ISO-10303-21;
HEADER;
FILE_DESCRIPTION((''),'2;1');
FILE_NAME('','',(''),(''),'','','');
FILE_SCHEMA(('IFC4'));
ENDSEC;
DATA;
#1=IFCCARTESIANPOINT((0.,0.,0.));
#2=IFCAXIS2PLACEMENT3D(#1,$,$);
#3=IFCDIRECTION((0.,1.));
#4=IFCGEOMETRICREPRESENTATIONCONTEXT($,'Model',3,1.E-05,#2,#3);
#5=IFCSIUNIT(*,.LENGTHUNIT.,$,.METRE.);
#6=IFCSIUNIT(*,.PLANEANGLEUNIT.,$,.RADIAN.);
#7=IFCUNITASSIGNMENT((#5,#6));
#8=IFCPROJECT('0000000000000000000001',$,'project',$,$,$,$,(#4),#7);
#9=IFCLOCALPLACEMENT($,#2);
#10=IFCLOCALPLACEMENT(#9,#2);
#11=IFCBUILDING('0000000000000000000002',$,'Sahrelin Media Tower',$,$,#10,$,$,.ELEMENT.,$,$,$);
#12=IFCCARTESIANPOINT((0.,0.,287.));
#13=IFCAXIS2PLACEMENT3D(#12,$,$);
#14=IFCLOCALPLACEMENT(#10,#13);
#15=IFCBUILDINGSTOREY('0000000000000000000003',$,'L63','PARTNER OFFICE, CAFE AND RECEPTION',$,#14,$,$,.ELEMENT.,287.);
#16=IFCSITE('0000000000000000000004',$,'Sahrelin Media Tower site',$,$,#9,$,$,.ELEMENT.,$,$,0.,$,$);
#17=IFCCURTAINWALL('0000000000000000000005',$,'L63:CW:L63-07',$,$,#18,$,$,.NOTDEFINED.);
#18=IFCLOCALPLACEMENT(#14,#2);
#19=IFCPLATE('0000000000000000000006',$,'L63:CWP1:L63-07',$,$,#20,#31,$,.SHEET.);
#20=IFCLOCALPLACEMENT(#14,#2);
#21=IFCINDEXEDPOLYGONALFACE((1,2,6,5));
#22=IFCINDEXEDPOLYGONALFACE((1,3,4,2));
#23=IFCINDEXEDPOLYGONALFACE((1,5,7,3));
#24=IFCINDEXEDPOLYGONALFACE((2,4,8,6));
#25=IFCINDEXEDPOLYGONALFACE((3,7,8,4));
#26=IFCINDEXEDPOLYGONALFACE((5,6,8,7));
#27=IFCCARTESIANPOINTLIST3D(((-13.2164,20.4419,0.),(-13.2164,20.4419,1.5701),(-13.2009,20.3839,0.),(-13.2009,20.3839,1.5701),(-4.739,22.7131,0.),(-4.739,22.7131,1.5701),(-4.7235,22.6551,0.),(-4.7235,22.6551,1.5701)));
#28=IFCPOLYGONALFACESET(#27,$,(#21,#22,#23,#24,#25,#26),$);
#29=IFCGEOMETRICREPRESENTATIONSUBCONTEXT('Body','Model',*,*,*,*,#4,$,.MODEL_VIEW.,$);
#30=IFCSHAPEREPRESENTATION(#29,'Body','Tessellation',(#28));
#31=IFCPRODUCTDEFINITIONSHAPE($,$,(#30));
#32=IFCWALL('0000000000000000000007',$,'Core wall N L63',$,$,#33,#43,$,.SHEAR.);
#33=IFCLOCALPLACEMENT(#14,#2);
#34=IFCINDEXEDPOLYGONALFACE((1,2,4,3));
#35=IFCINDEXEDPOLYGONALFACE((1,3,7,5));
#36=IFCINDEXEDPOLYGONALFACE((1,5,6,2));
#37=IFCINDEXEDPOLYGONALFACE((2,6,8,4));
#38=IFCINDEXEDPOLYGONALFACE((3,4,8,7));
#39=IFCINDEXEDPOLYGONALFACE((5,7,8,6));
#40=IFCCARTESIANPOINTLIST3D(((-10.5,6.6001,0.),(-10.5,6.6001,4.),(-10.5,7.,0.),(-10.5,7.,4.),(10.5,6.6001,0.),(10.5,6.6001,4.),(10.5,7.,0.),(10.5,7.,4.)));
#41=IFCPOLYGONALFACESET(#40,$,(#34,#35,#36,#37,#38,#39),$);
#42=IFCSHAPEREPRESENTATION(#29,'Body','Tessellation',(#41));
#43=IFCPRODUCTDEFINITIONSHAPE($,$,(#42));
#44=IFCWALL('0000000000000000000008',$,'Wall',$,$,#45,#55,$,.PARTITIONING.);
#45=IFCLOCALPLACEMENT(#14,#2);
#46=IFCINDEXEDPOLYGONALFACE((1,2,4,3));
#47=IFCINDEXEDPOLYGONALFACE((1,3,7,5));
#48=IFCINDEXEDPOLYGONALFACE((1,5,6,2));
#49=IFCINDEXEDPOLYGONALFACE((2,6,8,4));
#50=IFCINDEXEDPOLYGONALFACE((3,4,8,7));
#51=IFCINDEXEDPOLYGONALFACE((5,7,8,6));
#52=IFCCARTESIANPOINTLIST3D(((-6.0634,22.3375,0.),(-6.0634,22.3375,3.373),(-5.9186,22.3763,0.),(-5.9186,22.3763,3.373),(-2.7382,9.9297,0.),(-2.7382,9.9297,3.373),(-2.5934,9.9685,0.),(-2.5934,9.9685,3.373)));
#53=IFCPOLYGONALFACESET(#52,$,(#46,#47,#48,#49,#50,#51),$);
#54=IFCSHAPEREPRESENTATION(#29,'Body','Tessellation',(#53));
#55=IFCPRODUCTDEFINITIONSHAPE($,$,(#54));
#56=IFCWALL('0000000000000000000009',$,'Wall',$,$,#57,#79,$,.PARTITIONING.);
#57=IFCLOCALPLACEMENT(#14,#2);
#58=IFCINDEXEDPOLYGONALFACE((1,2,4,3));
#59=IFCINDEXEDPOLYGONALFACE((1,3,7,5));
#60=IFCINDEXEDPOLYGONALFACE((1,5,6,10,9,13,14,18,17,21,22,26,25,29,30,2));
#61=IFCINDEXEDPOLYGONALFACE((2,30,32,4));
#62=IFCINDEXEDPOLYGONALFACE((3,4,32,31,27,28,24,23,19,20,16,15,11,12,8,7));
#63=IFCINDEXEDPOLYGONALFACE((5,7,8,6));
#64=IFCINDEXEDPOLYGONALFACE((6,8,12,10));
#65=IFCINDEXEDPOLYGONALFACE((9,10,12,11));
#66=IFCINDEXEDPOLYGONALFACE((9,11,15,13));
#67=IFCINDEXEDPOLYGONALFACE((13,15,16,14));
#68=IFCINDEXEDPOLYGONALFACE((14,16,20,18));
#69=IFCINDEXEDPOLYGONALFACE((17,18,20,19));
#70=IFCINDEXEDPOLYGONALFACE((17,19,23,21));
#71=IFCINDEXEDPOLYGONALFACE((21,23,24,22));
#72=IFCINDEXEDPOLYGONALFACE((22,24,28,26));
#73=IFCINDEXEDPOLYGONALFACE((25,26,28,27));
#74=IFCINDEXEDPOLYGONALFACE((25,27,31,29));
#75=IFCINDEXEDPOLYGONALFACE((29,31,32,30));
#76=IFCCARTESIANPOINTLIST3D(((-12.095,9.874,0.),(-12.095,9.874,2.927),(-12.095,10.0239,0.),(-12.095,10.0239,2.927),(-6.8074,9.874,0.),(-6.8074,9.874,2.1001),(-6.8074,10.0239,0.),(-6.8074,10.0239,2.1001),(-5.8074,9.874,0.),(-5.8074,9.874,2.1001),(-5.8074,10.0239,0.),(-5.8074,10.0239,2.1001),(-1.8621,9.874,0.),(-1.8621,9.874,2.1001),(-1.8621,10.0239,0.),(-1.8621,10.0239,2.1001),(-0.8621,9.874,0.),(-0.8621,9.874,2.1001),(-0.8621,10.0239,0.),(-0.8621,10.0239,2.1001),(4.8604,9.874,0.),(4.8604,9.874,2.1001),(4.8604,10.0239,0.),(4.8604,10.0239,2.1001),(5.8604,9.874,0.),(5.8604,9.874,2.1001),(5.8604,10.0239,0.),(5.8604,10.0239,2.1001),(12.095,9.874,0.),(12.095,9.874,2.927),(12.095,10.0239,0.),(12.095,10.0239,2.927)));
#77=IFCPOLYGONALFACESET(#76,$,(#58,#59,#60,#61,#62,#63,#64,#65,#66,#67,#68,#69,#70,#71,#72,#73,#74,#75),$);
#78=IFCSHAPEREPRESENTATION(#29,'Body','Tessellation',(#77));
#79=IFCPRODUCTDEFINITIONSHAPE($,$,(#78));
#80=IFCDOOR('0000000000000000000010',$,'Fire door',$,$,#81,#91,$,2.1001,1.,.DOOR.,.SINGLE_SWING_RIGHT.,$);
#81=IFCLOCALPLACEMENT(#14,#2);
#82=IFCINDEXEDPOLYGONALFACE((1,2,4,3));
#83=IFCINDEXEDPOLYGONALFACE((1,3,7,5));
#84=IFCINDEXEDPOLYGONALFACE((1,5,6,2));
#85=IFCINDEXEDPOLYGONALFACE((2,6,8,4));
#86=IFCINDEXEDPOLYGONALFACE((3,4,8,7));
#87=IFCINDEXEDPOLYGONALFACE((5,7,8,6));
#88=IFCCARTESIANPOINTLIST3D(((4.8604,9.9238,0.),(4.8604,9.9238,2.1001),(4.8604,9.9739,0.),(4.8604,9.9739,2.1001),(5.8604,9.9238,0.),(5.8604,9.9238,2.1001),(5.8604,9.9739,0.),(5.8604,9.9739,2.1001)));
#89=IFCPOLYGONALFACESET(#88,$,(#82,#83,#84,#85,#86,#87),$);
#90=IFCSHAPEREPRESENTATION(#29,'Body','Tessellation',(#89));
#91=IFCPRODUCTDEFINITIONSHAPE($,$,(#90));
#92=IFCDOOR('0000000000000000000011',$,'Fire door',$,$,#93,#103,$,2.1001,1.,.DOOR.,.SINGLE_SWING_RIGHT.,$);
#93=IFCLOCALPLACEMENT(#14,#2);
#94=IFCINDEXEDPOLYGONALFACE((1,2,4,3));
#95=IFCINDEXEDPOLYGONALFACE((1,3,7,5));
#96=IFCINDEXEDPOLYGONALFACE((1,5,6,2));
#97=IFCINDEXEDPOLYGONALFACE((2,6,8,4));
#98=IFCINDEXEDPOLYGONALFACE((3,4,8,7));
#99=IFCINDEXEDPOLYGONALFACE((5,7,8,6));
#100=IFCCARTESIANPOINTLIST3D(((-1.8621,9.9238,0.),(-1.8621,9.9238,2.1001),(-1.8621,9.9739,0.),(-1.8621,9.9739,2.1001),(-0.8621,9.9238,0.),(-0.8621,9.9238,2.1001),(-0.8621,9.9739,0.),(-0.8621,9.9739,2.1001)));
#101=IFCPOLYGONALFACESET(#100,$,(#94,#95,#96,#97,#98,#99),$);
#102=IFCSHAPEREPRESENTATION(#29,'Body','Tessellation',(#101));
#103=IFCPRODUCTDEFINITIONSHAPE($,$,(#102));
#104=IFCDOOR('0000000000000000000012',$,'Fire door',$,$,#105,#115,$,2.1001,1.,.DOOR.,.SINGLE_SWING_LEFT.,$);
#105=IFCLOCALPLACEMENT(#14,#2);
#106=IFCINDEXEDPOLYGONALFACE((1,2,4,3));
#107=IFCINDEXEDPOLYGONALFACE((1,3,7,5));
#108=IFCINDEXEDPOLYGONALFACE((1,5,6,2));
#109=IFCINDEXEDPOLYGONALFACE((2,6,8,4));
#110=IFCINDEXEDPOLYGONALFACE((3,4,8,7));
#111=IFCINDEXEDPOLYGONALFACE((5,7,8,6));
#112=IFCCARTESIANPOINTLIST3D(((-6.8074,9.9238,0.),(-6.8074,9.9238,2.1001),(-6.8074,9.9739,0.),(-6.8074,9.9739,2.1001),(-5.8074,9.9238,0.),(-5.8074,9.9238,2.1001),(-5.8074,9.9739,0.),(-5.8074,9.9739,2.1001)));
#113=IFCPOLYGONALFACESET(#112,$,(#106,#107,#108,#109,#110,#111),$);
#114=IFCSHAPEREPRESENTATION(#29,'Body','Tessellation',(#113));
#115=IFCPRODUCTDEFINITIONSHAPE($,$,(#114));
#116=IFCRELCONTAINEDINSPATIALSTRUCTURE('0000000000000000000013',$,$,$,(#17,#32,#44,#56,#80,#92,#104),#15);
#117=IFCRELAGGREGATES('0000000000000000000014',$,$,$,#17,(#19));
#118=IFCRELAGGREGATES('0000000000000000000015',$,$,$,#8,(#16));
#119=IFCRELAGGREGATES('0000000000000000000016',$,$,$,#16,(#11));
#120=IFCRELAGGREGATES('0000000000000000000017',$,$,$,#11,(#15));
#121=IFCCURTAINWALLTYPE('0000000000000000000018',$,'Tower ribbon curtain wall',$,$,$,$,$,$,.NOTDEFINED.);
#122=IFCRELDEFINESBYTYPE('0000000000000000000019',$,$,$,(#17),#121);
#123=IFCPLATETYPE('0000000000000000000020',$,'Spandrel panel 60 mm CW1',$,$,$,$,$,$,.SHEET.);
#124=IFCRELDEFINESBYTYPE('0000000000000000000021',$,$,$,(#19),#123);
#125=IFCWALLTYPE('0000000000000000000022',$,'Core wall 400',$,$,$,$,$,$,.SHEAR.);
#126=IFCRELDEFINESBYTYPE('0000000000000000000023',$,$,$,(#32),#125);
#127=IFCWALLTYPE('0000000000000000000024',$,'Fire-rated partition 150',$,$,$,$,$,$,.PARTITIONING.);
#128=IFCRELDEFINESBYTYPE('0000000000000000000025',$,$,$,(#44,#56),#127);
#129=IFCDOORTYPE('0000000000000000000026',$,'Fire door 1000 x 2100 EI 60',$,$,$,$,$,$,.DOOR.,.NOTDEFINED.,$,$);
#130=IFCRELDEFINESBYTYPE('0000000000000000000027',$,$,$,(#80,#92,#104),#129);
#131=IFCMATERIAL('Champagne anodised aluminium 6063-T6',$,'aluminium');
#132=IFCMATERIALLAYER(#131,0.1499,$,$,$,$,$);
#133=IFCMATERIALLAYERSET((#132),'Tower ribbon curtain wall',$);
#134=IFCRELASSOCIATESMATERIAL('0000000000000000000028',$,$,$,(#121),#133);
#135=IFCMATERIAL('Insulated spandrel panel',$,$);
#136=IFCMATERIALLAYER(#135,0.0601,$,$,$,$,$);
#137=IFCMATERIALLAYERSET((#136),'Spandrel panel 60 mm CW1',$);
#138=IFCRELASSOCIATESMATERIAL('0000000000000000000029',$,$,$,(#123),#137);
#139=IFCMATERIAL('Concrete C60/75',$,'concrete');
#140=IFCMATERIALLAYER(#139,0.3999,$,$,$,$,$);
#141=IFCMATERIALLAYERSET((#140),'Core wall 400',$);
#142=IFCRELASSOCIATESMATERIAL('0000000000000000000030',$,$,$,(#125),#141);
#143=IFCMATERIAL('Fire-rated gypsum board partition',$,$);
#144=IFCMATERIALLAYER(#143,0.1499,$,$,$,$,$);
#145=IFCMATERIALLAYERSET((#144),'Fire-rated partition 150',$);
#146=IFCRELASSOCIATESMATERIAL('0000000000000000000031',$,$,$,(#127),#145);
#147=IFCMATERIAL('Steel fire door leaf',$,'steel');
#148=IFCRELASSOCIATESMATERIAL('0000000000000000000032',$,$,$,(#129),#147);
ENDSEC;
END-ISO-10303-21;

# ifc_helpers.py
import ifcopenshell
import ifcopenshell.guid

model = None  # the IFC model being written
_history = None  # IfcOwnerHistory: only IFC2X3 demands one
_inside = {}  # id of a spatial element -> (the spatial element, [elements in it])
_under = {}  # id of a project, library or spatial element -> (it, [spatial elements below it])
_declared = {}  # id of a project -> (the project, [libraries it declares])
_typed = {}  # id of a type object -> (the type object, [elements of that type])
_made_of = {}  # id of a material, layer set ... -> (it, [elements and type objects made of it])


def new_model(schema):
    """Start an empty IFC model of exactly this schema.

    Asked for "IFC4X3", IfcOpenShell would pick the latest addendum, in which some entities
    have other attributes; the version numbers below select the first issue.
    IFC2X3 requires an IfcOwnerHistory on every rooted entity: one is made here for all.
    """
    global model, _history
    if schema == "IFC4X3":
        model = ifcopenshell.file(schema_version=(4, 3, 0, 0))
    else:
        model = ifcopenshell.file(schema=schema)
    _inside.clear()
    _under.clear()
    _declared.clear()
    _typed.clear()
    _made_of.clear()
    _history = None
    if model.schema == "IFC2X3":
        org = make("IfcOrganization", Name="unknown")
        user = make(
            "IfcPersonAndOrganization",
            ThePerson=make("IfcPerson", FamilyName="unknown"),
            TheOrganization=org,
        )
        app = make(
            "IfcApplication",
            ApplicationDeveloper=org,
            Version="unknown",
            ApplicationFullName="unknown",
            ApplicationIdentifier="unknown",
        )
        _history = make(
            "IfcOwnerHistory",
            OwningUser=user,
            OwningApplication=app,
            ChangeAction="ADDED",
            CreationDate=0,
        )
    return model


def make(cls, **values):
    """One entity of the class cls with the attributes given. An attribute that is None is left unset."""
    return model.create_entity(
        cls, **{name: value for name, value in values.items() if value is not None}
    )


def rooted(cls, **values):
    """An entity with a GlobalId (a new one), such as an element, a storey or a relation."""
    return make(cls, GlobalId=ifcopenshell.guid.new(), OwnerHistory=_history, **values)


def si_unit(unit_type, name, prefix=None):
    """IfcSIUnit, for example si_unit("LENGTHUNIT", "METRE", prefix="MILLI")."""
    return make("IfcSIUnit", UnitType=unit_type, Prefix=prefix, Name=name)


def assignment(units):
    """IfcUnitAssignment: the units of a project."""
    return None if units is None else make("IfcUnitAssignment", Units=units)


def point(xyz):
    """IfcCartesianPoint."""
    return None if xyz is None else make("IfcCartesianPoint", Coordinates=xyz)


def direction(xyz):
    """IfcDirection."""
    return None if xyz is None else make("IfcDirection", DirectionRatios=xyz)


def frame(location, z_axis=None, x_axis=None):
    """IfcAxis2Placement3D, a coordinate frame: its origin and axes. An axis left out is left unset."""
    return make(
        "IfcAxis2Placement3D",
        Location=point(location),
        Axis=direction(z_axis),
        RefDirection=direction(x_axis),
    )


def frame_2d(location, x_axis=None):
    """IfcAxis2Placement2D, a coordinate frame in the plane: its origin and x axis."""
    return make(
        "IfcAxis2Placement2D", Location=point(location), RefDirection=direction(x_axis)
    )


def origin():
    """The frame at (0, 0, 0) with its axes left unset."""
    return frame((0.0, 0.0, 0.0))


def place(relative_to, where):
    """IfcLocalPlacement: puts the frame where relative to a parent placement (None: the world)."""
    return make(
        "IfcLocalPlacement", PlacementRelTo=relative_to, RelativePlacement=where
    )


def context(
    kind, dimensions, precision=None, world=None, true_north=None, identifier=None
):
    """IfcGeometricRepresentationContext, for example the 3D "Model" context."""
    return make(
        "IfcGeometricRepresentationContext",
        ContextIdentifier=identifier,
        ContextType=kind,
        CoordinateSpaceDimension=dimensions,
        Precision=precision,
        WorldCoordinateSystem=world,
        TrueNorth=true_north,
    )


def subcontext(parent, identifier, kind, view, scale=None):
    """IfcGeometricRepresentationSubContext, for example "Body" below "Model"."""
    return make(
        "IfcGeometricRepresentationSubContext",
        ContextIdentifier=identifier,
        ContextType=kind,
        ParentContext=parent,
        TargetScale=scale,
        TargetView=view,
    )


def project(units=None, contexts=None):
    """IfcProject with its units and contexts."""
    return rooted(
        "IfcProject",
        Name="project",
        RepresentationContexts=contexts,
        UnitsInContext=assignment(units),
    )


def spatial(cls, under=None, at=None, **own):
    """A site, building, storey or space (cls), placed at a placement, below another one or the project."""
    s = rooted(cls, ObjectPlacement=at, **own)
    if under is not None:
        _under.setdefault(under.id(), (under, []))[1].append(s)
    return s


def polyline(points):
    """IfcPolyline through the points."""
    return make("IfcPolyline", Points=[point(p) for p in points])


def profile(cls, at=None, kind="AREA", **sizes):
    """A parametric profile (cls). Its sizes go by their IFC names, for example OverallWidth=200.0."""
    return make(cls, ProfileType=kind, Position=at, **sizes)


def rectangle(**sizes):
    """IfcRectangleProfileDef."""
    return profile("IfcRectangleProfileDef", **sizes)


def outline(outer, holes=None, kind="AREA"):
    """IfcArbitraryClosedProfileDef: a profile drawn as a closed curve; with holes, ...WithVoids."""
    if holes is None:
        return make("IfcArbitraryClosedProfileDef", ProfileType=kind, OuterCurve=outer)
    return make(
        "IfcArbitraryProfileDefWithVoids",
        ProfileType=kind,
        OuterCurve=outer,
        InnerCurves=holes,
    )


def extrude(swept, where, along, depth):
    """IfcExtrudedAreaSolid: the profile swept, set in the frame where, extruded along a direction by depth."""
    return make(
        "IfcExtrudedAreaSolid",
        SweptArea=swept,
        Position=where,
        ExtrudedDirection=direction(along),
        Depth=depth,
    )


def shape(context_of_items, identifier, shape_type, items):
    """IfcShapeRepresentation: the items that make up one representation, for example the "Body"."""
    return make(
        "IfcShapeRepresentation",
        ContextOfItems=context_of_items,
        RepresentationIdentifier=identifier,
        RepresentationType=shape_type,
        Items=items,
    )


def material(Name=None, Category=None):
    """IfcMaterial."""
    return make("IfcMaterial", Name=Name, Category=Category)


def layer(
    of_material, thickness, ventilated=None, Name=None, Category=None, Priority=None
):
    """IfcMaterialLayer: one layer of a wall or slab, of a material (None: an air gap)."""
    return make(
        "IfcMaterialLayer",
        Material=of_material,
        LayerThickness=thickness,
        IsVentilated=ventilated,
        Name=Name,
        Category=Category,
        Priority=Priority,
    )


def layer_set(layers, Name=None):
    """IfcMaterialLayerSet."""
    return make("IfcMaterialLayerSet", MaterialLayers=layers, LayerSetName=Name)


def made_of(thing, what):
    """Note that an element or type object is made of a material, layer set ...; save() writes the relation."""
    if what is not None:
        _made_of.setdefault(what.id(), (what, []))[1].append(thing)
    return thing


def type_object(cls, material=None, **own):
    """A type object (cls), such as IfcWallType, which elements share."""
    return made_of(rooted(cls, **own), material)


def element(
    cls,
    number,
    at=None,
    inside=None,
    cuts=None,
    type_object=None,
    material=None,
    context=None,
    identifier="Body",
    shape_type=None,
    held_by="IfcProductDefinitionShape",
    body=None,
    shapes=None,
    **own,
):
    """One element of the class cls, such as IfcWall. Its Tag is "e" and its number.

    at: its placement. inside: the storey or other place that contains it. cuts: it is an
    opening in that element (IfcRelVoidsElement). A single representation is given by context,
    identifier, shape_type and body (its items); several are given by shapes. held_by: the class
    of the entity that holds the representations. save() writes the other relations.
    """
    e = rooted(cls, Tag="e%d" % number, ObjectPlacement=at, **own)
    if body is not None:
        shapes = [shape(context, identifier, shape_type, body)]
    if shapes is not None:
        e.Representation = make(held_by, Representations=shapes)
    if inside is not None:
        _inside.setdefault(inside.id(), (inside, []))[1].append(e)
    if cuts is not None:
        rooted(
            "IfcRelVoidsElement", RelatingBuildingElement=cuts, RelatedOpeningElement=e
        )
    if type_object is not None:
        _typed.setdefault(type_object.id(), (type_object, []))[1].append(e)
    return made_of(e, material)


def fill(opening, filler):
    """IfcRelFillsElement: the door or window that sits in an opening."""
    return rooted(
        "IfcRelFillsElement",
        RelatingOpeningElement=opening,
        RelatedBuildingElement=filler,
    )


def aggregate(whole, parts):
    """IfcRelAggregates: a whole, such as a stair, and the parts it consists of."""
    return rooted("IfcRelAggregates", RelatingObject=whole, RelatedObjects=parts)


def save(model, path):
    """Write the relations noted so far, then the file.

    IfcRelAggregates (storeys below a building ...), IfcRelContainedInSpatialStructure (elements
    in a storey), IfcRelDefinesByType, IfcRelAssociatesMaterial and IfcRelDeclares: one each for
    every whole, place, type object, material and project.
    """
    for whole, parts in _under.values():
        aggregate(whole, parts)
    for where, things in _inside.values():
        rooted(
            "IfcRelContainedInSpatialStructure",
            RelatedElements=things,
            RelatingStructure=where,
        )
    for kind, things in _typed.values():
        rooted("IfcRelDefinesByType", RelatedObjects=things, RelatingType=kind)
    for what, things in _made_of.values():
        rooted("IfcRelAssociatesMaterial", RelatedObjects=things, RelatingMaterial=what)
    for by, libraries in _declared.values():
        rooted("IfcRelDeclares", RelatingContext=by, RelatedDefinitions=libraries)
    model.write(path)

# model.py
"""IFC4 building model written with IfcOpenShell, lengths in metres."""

from ifc_helpers import new_model, si_unit, direction, frame, frame_2d, origin, place, context, subcontext, project, spatial, polyline, rectangle, outline, extrude, material, layer, layer_set, type_object, element, fill, aggregate, save


model = new_model("IFC4")

# Units and contexts
model_context = context("Model", 3, precision=1e-05, world=origin(), true_north=direction((0.0, 1.0)))
body_context = subcontext(model_context, "Body", "Model", "MODEL_VIEW")
ifc_project = project(units=[si_unit("LENGTHUNIT", "METRE"), si_unit("PLANEANGLEUNIT", "RADIAN")], contexts=[model_context])

# Site, building, storey
site_placement = place(None, origin())
site = spatial("IfcSite", under=ifc_project, at=site_placement, Name="Sahrelin Media Tower site", CompositionType="ELEMENT", RefElevation=0.0)
building_placement = place(site_placement, origin())
building = spatial("IfcBuilding", under=site, at=building_placement, Name="Sahrelin Media Tower", CompositionType="ELEMENT")
storey_placement = place(building_placement, frame((0.0, 0.0, 287.0)))
storey = spatial("IfcBuildingStorey", under=building, at=storey_placement, Name="L63", Description="PARTNER OFFICE, CAFE AND RECEPTION", CompositionType="ELEMENT", Elevation=287.0)

# Curtain wall
ifc_material_1 = material(Name="Champagne anodised aluminium 6063-T6", Category="aluminium")
ifc_layer_1 = layer(ifc_material_1, 0.1499)
ifc_layer_set_1 = layer_set([ifc_layer_1], Name="Tower ribbon curtain wall")
curtain_wall_type = type_object("IfcCurtainWallType", Name="Tower ribbon curtain wall", PredefinedType="NOTDEFINED", material=ifc_layer_set_1)
curtain_wall_1_placement = place(storey_placement, frame((-8.9724, 21.5581, 0.0), z_axis=(0.0, 0.0, 1.0), x_axis=(1.0, 0.0, 0.0)))
curtain_wall_1 = element("IfcCurtainWall", 1, at=curtain_wall_1_placement, inside=storey, type_object=curtain_wall_type, Name="L63:CW:L63-07", PredefinedType="NOTDEFINED")

# Plate
ifc_material_2 = material(Name="Insulated spandrel panel")
ifc_layer_2 = layer(ifc_material_2, 0.0601)
ifc_layer_set_2 = layer_set([ifc_layer_2], Name="Spandrel panel 60 mm CW1")
plate_type_1 = type_object("IfcPlateType", Name="Spandrel panel 60 mm CW1", PredefinedType="SHEET", material=ifc_layer_set_2)
plate_1_placement = place(storey_placement, frame((-4.739, 22.7131, 0.0), z_axis=(-0.258793, 0.965933, 0.0), x_axis=(-0.965933, -0.258793, 0.0)))
plate_1 = element("IfcPlate", 2, at=plate_1_placement, type_object=plate_type_1, Name="L63:CWP1:L63-07", PredefinedType="SHEET", context=body_context, shape_type="SweptSolid", body=[
    extrude(outline(polyline([(0.0, 0.0), (8.7764, 0.0), (8.7764, 1.5701), (0.0, 1.5701), (0.0, 0.0)])), origin(), (0.0, 0.0, -1.0), 0.0601),
])
aggregate(curtain_wall_1, [plate_1])

# Walls
ifc_material_3 = material(Name="Concrete C60/75", Category="concrete")
ifc_layer_3 = layer(ifc_material_3, 0.3999)
ifc_layer_set_3 = layer_set([ifc_layer_3], Name="Core wall 400")
wall_type_1 = type_object("IfcWallType", Name="Core wall 400", PredefinedType="SHEAR", material=ifc_layer_set_3)
wall_1_placement = place(storey_placement, frame((-10.5, 6.8, 0.0), z_axis=(0.0, 0.0, 1.0), x_axis=(1.0, 0.0, 0.0)))
element("IfcWall", 3, at=wall_1_placement, inside=storey, type_object=wall_type_1, Name="Core wall N L63", PredefinedType="SHEAR", context=body_context, shape_type="SweptSolid", body=[
    extrude(rectangle(XDim=21.0, YDim=0.3999, at=frame_2d((10.5, 0.0))), origin(), (0.0, 0.0, 1.0), 4.0),
])
ifc_material_4 = material(Name="Fire-rated gypsum board partition")
ifc_layer_4 = layer(ifc_material_4, 0.1499)
ifc_layer_set_4 = layer_set([ifc_layer_4], Name="Fire-rated partition 150")
wall_type_2 = type_object("IfcWallType", Name="Fire-rated partition 150", PredefinedType="PARTITIONING", material=ifc_layer_set_4)
wall_2_placement = place(storey_placement, frame((-5.991, 22.3569, 0.0), z_axis=(0.0, 0.0, 1.0), x_axis=(0.258855, -0.965916, 0.0)))
element("IfcWall", 4, at=wall_2_placement, inside=storey, type_object=wall_type_2, Name="Wall", PredefinedType="PARTITIONING", context=body_context, shape_type="SweptSolid", body=[
    extrude(rectangle(XDim=12.8457, YDim=0.1499, at=frame_2d((6.4229, 0.0))), origin(), (0.0, 0.0, 1.0), 3.373),
])

# Wall, openings, doors
wall_3_placement = place(storey_placement, frame((-12.095, 9.949, 0.0), z_axis=(0.0, 0.0, 1.0), x_axis=(1.0, 0.0, 0.0)))
wall_3 = element("IfcWall", 5, at=wall_3_placement, inside=storey, type_object=wall_type_2, Name="Wall", PredefinedType="PARTITIONING", context=body_context, shape_type="SweptSolid", body=[
    extrude(rectangle(XDim=24.1899, YDim=0.1499, at=frame_2d((12.095, 0.0))), origin(), (0.0, 0.0, 1.0), 2.927),
])
opening_1_placement = place(wall_3_placement, frame((16.9553, 0.0, 0.0)))
opening_1 = element("IfcOpeningElement", 6, at=opening_1_placement, cuts=wall_3, PredefinedType="OPENING", context=body_context, shape_type="SweptSolid", body=[
    extrude(rectangle(XDim=1.0, YDim=2.1001, at=frame_2d((0.5, 1.05))), frame((0.0, 0.075, 0.0), z_axis=(0.0, -1.0, 0.0), x_axis=(1.0, 0.0, 0.0)), (0.0, 0.0, 1.0), 0.1499),
])
opening_2_placement = place(wall_3_placement, frame((10.2329, 0.0, 0.0)))
opening_2 = element("IfcOpeningElement", 7, at=opening_2_placement, cuts=wall_3, PredefinedType="OPENING", context=body_context, shape_type="SweptSolid", body=[
    extrude(rectangle(XDim=1.0, YDim=2.1001, at=frame_2d((0.5, 1.05))), frame((0.0, 0.075, 0.0), z_axis=(0.0, -1.0, 0.0), x_axis=(1.0, 0.0, 0.0)), (0.0, 0.0, 1.0), 0.1499),
])
opening_3_placement = place(wall_3_placement, frame((5.2876, 0.0, 0.0)))
opening_3 = element("IfcOpeningElement", 8, at=opening_3_placement, cuts=wall_3, PredefinedType="OPENING", context=body_context, shape_type="SweptSolid", body=[
    extrude(rectangle(XDim=1.0, YDim=2.1001, at=frame_2d((0.5, 1.05))), frame((0.0, 0.075, 0.0), z_axis=(0.0, -1.0, 0.0), x_axis=(1.0, 0.0, 0.0)), (0.0, 0.0, 1.0), 0.1499),
])
ifc_material_5 = material(Name="Steel fire door leaf", Category="steel")
door_type = type_object("IfcDoorType", Name="Fire door 1000 x 2100 EI 60", OperationType="NOTDEFINED", PredefinedType="DOOR", material=ifc_material_5)
door_1_placement = place(opening_1_placement, origin())
door_1 = element("IfcDoor", 9, at=door_1_placement, inside=storey, type_object=door_type, Name="Fire door", OperationType="SINGLE_SWING_RIGHT", OverallHeight=2.1001, OverallWidth=1.0, PredefinedType="DOOR", context=body_context, shape_type="SweptSolid", body=[
    extrude(rectangle(XDim=1.0, YDim=2.1001, at=frame_2d((0.5, 1.05))), frame((0.0, 0.0249, 0.0), z_axis=(0.0, -1.0, 0.0), x_axis=(1.0, 0.0, 0.0)), (0.0, 0.0, 1.0), 0.05),
])
fill(opening_1, door_1)
door_2_placement = place(opening_2_placement, origin())
door_2 = element("IfcDoor", 10, at=door_2_placement, inside=storey, type_object=door_type, Name="Fire door", OperationType="SINGLE_SWING_RIGHT", OverallHeight=2.1001, OverallWidth=1.0, PredefinedType="DOOR", context=body_context, shape_type="SweptSolid", body=[
    extrude(rectangle(XDim=1.0, YDim=2.1001, at=frame_2d((0.5, 1.05))), frame((0.0, 0.0249, 0.0), z_axis=(0.0, -1.0, 0.0), x_axis=(1.0, 0.0, 0.0)), (0.0, 0.0, 1.0), 0.05),
])
fill(opening_2, door_2)
door_3_placement = place(opening_3_placement, origin())
door_3 = element("IfcDoor", 11, at=door_3_placement, inside=storey, type_object=door_type, Name="Fire door", OperationType="SINGLE_SWING_LEFT", OverallHeight=2.1001, OverallWidth=1.0, PredefinedType="DOOR", context=body_context, shape_type="SweptSolid", body=[
    extrude(rectangle(XDim=1.0, YDim=2.1001, at=frame_2d((0.5, 1.05))), frame((0.0, 0.0249, 0.0), z_axis=(0.0, -1.0, 0.0), x_axis=(1.0, 0.0, 0.0)), (0.0, 0.0, 1.0), 0.05),
])
fill(opening_3, door_3)

save(model, "model.ifc")
